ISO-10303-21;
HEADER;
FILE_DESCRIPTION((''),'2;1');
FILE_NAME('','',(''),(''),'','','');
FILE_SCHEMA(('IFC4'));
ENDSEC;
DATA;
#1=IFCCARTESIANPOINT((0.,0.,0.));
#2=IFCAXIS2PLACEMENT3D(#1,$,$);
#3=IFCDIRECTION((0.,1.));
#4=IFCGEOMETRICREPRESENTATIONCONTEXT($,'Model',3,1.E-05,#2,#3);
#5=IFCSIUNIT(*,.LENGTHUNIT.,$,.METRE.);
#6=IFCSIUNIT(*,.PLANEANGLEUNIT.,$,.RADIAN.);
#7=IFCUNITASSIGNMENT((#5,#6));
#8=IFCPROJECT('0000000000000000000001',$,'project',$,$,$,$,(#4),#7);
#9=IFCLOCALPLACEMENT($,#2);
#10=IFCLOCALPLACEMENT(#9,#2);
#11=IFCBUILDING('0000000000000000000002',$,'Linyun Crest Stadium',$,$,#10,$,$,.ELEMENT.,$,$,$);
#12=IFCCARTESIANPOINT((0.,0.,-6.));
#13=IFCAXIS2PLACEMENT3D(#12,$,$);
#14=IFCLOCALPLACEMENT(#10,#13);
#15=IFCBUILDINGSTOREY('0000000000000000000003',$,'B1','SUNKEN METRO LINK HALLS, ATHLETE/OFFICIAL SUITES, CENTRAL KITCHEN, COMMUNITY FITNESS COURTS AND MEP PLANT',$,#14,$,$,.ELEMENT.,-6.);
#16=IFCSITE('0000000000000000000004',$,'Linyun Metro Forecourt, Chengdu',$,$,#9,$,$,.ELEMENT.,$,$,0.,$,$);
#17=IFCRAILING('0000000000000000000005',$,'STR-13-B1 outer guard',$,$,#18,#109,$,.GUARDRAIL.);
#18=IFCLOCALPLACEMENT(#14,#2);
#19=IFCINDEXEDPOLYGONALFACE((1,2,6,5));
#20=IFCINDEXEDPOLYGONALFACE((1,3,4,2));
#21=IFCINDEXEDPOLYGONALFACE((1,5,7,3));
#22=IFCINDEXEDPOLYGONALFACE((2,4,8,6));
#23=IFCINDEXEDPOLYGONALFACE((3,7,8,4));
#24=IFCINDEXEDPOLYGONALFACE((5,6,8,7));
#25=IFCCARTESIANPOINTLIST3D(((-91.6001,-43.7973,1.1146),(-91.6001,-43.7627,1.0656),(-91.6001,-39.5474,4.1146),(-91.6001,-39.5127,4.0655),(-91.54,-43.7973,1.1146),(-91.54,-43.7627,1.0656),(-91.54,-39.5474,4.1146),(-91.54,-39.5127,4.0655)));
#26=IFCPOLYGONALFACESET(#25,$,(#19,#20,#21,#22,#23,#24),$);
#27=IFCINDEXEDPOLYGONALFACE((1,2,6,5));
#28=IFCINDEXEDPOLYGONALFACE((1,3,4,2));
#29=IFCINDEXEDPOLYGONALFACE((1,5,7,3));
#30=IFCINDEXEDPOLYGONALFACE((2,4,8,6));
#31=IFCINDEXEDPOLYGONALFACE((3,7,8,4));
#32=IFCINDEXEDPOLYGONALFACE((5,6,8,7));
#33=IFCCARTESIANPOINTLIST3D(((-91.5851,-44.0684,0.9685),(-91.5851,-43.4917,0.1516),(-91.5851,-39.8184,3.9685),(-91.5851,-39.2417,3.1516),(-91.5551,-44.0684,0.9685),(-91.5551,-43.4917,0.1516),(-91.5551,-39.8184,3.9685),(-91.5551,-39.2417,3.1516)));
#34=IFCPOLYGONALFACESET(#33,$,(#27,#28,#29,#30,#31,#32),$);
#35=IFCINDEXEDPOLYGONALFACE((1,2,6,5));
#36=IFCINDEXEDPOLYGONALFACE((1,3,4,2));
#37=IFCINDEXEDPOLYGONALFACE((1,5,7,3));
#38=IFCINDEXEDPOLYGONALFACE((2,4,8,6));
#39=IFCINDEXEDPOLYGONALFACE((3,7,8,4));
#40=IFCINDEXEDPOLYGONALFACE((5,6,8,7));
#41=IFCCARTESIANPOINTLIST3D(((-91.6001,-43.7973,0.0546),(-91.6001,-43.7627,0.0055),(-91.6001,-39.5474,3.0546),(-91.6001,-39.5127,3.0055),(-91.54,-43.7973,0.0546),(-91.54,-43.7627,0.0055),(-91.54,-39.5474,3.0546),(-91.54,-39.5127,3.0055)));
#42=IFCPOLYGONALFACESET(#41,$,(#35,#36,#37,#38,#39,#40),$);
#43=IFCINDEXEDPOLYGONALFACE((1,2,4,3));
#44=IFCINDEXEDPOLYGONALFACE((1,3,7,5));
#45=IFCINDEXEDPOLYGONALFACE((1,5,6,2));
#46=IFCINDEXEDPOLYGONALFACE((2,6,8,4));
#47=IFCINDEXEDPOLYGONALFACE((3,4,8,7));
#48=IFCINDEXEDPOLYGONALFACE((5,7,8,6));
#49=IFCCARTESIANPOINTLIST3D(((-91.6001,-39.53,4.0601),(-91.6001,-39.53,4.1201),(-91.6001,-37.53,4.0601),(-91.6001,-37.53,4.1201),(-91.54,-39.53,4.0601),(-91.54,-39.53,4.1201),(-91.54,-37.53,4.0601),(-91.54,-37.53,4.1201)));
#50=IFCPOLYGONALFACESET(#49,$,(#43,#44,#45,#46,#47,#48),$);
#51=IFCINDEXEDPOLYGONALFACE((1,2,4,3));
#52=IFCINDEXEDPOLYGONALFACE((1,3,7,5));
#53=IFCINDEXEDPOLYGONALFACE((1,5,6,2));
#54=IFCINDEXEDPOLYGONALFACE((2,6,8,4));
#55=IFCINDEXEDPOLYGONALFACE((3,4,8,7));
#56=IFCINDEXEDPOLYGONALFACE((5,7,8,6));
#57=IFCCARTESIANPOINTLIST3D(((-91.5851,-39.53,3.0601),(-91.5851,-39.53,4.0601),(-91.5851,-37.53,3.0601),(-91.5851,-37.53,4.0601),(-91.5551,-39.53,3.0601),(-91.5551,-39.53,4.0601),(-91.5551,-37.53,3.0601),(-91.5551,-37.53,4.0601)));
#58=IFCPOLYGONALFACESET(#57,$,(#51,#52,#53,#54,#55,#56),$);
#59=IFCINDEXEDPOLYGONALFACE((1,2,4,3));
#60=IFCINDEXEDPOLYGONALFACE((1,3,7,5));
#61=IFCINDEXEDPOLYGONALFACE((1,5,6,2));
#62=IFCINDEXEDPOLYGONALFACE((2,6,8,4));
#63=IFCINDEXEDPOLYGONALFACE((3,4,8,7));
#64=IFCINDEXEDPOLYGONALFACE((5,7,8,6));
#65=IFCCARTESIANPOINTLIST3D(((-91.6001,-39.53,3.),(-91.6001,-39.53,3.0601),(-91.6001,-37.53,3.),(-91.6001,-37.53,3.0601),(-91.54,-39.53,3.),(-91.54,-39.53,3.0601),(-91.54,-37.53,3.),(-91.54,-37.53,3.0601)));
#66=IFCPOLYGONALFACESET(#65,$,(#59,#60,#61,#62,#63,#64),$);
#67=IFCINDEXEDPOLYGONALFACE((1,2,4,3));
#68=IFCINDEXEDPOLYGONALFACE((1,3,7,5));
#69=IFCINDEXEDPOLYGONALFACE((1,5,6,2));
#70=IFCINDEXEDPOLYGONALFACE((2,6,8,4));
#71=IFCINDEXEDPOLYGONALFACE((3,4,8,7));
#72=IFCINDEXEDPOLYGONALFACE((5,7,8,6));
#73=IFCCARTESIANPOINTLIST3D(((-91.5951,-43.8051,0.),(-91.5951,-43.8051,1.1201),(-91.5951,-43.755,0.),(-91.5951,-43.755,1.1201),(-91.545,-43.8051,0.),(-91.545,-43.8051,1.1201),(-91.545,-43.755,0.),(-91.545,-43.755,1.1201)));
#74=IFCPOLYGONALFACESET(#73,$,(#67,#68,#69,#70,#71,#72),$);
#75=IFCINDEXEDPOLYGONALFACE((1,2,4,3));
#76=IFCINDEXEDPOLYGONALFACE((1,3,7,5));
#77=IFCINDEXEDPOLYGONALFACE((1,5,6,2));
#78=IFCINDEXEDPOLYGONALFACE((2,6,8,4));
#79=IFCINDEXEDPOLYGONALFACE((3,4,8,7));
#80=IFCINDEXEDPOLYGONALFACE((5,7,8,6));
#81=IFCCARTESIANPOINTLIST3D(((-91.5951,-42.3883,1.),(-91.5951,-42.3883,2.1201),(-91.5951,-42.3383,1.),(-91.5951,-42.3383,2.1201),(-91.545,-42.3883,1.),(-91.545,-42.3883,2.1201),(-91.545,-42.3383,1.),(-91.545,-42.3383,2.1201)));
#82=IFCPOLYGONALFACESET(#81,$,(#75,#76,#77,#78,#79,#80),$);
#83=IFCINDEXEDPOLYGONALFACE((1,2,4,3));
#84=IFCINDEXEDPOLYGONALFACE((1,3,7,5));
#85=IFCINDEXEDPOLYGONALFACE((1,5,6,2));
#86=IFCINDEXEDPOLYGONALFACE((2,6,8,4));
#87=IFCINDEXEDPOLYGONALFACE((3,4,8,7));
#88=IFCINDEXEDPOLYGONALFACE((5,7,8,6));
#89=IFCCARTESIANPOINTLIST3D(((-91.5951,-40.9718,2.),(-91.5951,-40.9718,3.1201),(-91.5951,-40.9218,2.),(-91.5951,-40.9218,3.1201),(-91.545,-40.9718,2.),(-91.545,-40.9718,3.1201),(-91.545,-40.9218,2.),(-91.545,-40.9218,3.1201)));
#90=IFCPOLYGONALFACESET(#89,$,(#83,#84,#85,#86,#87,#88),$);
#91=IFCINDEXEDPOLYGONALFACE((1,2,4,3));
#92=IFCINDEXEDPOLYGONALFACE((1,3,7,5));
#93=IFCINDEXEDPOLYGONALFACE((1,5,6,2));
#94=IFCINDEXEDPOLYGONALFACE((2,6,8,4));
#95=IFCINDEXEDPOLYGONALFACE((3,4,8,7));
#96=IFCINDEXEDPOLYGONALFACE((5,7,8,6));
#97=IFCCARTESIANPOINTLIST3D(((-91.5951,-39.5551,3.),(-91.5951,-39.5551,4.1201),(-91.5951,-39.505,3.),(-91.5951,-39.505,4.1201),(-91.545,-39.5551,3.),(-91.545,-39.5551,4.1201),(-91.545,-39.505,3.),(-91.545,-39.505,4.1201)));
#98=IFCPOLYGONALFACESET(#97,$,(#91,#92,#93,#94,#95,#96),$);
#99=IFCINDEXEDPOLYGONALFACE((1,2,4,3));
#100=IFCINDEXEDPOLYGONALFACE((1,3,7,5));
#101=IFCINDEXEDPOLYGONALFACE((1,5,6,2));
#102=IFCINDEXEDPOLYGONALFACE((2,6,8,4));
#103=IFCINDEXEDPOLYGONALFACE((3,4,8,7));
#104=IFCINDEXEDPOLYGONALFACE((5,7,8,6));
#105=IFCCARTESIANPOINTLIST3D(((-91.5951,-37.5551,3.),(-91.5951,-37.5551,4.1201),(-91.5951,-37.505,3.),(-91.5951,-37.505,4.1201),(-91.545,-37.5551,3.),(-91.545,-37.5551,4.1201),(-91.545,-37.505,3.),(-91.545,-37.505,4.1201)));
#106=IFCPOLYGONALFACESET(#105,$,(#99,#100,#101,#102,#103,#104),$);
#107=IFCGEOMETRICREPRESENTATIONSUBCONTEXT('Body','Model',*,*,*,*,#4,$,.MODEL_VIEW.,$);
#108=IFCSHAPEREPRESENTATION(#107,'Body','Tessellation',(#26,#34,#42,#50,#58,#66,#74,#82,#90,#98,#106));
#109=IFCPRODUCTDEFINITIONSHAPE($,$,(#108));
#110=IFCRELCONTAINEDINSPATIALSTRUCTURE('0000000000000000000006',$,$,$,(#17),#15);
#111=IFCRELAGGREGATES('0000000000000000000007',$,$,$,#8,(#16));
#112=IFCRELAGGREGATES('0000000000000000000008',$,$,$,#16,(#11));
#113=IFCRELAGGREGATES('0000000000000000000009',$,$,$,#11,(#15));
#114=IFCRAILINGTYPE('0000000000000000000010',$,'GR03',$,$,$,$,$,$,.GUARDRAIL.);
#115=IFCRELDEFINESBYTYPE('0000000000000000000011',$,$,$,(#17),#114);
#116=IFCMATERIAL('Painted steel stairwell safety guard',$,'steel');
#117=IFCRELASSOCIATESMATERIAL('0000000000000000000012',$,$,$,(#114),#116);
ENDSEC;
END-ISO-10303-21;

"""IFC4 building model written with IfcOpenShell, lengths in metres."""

from ifc_helpers import new_model, si_unit, direction, frame, origin, origin_2d, place, context, subcontext, project, spatial, rectangle, extrude, material, type_object, element, save


model = new_model("IFC4")

# Units and contexts
model_context = context("Model", 3, precision=1e-05, world=origin(), true_north=direction((0.0, 1.0)))
body_context = subcontext(model_context, "Body", "Model", "MODEL_VIEW")
ifc_project = project(units=[si_unit("LENGTHUNIT", "METRE"), si_unit("PLANEANGLEUNIT", "RADIAN")], contexts=[model_context])

# Site, building, storey
site_placement = place(None, origin())
site = spatial("IfcSite", under=ifc_project, at=site_placement, Name="Linyun Metro Forecourt, Chengdu", CompositionType="ELEMENT", RefElevation=0.0)
building_placement = place(site_placement, origin())
building = spatial("IfcBuilding", under=site, at=building_placement, Name="Linyun Crest Stadium", CompositionType="ELEMENT")
storey_placement = place(building_placement, frame((0.0, 0.0, -6.0)))
storey = spatial("IfcBuildingStorey", under=building, at=storey_placement, Name="B1", Description="SUNKEN METRO LINK HALLS, ATHLETE/OFFICIAL SUITES, CENTRAL KITCHEN, COMMUNITY FITNESS COURTS AND MEP PLANT", CompositionType="ELEMENT", Elevation=-6.0)

# Railing
ifc_material_1 = material(Name="Painted steel stairwell safety guard", Category="steel")
railing_type = type_object("IfcRailingType", Name="GR03", PredefinedType="GUARDRAIL", material=ifc_material_1)
railing_1_placement = place(storey_placement, frame((-91.5701, -43.78, 0.0)))
element("IfcRailing", 1, at=railing_1_placement, inside=storey, type_object=railing_type, Name="STR-13-B1 outer guard", PredefinedType="GUARDRAIL", context=body_context, shape_type="SweptSolid", body=[
    extrude(rectangle(XDim=0.0601, YDim=0.0601, at=origin_2d()), frame((0.0, 0.0, 1.0901), z_axis=(0.0, 0.816968, 0.576683), x_axis=(-1.0, 0.0, 0.0)), (0.0, 0.0, 1.0), 5.2021),
    extrude(rectangle(XDim=0.03, YDim=1.0, at=origin_2d()), frame((0.0, 0.0, 0.5601), z_axis=(0.0, 0.816968, 0.576683), x_axis=(-1.0, 0.0, 0.0)), (0.0, 0.0, 1.0), 5.2021),
    extrude(rectangle(XDim=0.0601, YDim=0.0601, at=origin_2d()), frame((0.0, 0.0, 0.03), z_axis=(0.0, 0.816968, 0.576683), x_axis=(-1.0, 0.0, 0.0)), (0.0, 0.0, 1.0), 5.2021),
    extrude(rectangle(XDim=0.0601, YDim=0.0601, at=origin_2d()), frame((0.0, 4.25, 4.0901), z_axis=(0.0, 1.0, 0.0), x_axis=(-1.0, 0.0, 0.0)), (0.0, 0.0, 1.0), 2.0),
    extrude(rectangle(XDim=0.03, YDim=1.0, at=origin_2d()), frame((0.0, 4.25, 3.5601), z_axis=(0.0, 1.0, 0.0), x_axis=(-1.0, 0.0, 0.0)), (0.0, 0.0, 1.0), 2.0),
    extrude(rectangle(XDim=0.0601, YDim=0.0601, at=origin_2d()), frame((0.0, 4.25, 3.03), z_axis=(0.0, 1.0, 0.0), x_axis=(-1.0, 0.0, 0.0)), (0.0, 0.0, 1.0), 2.0),
    extrude(rectangle(XDim=0.05, YDim=0.05, at=origin_2d()), origin(), (0.0, 0.0, 1.0), 1.1201),
    extrude(rectangle(XDim=0.05, YDim=0.05, at=origin_2d()), frame((0.0, 1.4167, 1.0)), (0.0, 0.0, 1.0), 1.1201),
    extrude(rectangle(XDim=0.05, YDim=0.05, at=origin_2d()), frame((0.0, 2.8333, 2.0)), (0.0, 0.0, 1.0), 1.1201),
    extrude(rectangle(XDim=0.05, YDim=0.05, at=origin_2d()), frame((0.0, 4.25, 3.0)), (0.0, 0.0, 1.0), 1.1201),
    extrude(rectangle(XDim=0.05, YDim=0.05, at=origin_2d()), frame((0.0, 6.25, 3.0)), (0.0, 0.0, 1.0), 1.1201),
])

save(model, "model.ifc")
